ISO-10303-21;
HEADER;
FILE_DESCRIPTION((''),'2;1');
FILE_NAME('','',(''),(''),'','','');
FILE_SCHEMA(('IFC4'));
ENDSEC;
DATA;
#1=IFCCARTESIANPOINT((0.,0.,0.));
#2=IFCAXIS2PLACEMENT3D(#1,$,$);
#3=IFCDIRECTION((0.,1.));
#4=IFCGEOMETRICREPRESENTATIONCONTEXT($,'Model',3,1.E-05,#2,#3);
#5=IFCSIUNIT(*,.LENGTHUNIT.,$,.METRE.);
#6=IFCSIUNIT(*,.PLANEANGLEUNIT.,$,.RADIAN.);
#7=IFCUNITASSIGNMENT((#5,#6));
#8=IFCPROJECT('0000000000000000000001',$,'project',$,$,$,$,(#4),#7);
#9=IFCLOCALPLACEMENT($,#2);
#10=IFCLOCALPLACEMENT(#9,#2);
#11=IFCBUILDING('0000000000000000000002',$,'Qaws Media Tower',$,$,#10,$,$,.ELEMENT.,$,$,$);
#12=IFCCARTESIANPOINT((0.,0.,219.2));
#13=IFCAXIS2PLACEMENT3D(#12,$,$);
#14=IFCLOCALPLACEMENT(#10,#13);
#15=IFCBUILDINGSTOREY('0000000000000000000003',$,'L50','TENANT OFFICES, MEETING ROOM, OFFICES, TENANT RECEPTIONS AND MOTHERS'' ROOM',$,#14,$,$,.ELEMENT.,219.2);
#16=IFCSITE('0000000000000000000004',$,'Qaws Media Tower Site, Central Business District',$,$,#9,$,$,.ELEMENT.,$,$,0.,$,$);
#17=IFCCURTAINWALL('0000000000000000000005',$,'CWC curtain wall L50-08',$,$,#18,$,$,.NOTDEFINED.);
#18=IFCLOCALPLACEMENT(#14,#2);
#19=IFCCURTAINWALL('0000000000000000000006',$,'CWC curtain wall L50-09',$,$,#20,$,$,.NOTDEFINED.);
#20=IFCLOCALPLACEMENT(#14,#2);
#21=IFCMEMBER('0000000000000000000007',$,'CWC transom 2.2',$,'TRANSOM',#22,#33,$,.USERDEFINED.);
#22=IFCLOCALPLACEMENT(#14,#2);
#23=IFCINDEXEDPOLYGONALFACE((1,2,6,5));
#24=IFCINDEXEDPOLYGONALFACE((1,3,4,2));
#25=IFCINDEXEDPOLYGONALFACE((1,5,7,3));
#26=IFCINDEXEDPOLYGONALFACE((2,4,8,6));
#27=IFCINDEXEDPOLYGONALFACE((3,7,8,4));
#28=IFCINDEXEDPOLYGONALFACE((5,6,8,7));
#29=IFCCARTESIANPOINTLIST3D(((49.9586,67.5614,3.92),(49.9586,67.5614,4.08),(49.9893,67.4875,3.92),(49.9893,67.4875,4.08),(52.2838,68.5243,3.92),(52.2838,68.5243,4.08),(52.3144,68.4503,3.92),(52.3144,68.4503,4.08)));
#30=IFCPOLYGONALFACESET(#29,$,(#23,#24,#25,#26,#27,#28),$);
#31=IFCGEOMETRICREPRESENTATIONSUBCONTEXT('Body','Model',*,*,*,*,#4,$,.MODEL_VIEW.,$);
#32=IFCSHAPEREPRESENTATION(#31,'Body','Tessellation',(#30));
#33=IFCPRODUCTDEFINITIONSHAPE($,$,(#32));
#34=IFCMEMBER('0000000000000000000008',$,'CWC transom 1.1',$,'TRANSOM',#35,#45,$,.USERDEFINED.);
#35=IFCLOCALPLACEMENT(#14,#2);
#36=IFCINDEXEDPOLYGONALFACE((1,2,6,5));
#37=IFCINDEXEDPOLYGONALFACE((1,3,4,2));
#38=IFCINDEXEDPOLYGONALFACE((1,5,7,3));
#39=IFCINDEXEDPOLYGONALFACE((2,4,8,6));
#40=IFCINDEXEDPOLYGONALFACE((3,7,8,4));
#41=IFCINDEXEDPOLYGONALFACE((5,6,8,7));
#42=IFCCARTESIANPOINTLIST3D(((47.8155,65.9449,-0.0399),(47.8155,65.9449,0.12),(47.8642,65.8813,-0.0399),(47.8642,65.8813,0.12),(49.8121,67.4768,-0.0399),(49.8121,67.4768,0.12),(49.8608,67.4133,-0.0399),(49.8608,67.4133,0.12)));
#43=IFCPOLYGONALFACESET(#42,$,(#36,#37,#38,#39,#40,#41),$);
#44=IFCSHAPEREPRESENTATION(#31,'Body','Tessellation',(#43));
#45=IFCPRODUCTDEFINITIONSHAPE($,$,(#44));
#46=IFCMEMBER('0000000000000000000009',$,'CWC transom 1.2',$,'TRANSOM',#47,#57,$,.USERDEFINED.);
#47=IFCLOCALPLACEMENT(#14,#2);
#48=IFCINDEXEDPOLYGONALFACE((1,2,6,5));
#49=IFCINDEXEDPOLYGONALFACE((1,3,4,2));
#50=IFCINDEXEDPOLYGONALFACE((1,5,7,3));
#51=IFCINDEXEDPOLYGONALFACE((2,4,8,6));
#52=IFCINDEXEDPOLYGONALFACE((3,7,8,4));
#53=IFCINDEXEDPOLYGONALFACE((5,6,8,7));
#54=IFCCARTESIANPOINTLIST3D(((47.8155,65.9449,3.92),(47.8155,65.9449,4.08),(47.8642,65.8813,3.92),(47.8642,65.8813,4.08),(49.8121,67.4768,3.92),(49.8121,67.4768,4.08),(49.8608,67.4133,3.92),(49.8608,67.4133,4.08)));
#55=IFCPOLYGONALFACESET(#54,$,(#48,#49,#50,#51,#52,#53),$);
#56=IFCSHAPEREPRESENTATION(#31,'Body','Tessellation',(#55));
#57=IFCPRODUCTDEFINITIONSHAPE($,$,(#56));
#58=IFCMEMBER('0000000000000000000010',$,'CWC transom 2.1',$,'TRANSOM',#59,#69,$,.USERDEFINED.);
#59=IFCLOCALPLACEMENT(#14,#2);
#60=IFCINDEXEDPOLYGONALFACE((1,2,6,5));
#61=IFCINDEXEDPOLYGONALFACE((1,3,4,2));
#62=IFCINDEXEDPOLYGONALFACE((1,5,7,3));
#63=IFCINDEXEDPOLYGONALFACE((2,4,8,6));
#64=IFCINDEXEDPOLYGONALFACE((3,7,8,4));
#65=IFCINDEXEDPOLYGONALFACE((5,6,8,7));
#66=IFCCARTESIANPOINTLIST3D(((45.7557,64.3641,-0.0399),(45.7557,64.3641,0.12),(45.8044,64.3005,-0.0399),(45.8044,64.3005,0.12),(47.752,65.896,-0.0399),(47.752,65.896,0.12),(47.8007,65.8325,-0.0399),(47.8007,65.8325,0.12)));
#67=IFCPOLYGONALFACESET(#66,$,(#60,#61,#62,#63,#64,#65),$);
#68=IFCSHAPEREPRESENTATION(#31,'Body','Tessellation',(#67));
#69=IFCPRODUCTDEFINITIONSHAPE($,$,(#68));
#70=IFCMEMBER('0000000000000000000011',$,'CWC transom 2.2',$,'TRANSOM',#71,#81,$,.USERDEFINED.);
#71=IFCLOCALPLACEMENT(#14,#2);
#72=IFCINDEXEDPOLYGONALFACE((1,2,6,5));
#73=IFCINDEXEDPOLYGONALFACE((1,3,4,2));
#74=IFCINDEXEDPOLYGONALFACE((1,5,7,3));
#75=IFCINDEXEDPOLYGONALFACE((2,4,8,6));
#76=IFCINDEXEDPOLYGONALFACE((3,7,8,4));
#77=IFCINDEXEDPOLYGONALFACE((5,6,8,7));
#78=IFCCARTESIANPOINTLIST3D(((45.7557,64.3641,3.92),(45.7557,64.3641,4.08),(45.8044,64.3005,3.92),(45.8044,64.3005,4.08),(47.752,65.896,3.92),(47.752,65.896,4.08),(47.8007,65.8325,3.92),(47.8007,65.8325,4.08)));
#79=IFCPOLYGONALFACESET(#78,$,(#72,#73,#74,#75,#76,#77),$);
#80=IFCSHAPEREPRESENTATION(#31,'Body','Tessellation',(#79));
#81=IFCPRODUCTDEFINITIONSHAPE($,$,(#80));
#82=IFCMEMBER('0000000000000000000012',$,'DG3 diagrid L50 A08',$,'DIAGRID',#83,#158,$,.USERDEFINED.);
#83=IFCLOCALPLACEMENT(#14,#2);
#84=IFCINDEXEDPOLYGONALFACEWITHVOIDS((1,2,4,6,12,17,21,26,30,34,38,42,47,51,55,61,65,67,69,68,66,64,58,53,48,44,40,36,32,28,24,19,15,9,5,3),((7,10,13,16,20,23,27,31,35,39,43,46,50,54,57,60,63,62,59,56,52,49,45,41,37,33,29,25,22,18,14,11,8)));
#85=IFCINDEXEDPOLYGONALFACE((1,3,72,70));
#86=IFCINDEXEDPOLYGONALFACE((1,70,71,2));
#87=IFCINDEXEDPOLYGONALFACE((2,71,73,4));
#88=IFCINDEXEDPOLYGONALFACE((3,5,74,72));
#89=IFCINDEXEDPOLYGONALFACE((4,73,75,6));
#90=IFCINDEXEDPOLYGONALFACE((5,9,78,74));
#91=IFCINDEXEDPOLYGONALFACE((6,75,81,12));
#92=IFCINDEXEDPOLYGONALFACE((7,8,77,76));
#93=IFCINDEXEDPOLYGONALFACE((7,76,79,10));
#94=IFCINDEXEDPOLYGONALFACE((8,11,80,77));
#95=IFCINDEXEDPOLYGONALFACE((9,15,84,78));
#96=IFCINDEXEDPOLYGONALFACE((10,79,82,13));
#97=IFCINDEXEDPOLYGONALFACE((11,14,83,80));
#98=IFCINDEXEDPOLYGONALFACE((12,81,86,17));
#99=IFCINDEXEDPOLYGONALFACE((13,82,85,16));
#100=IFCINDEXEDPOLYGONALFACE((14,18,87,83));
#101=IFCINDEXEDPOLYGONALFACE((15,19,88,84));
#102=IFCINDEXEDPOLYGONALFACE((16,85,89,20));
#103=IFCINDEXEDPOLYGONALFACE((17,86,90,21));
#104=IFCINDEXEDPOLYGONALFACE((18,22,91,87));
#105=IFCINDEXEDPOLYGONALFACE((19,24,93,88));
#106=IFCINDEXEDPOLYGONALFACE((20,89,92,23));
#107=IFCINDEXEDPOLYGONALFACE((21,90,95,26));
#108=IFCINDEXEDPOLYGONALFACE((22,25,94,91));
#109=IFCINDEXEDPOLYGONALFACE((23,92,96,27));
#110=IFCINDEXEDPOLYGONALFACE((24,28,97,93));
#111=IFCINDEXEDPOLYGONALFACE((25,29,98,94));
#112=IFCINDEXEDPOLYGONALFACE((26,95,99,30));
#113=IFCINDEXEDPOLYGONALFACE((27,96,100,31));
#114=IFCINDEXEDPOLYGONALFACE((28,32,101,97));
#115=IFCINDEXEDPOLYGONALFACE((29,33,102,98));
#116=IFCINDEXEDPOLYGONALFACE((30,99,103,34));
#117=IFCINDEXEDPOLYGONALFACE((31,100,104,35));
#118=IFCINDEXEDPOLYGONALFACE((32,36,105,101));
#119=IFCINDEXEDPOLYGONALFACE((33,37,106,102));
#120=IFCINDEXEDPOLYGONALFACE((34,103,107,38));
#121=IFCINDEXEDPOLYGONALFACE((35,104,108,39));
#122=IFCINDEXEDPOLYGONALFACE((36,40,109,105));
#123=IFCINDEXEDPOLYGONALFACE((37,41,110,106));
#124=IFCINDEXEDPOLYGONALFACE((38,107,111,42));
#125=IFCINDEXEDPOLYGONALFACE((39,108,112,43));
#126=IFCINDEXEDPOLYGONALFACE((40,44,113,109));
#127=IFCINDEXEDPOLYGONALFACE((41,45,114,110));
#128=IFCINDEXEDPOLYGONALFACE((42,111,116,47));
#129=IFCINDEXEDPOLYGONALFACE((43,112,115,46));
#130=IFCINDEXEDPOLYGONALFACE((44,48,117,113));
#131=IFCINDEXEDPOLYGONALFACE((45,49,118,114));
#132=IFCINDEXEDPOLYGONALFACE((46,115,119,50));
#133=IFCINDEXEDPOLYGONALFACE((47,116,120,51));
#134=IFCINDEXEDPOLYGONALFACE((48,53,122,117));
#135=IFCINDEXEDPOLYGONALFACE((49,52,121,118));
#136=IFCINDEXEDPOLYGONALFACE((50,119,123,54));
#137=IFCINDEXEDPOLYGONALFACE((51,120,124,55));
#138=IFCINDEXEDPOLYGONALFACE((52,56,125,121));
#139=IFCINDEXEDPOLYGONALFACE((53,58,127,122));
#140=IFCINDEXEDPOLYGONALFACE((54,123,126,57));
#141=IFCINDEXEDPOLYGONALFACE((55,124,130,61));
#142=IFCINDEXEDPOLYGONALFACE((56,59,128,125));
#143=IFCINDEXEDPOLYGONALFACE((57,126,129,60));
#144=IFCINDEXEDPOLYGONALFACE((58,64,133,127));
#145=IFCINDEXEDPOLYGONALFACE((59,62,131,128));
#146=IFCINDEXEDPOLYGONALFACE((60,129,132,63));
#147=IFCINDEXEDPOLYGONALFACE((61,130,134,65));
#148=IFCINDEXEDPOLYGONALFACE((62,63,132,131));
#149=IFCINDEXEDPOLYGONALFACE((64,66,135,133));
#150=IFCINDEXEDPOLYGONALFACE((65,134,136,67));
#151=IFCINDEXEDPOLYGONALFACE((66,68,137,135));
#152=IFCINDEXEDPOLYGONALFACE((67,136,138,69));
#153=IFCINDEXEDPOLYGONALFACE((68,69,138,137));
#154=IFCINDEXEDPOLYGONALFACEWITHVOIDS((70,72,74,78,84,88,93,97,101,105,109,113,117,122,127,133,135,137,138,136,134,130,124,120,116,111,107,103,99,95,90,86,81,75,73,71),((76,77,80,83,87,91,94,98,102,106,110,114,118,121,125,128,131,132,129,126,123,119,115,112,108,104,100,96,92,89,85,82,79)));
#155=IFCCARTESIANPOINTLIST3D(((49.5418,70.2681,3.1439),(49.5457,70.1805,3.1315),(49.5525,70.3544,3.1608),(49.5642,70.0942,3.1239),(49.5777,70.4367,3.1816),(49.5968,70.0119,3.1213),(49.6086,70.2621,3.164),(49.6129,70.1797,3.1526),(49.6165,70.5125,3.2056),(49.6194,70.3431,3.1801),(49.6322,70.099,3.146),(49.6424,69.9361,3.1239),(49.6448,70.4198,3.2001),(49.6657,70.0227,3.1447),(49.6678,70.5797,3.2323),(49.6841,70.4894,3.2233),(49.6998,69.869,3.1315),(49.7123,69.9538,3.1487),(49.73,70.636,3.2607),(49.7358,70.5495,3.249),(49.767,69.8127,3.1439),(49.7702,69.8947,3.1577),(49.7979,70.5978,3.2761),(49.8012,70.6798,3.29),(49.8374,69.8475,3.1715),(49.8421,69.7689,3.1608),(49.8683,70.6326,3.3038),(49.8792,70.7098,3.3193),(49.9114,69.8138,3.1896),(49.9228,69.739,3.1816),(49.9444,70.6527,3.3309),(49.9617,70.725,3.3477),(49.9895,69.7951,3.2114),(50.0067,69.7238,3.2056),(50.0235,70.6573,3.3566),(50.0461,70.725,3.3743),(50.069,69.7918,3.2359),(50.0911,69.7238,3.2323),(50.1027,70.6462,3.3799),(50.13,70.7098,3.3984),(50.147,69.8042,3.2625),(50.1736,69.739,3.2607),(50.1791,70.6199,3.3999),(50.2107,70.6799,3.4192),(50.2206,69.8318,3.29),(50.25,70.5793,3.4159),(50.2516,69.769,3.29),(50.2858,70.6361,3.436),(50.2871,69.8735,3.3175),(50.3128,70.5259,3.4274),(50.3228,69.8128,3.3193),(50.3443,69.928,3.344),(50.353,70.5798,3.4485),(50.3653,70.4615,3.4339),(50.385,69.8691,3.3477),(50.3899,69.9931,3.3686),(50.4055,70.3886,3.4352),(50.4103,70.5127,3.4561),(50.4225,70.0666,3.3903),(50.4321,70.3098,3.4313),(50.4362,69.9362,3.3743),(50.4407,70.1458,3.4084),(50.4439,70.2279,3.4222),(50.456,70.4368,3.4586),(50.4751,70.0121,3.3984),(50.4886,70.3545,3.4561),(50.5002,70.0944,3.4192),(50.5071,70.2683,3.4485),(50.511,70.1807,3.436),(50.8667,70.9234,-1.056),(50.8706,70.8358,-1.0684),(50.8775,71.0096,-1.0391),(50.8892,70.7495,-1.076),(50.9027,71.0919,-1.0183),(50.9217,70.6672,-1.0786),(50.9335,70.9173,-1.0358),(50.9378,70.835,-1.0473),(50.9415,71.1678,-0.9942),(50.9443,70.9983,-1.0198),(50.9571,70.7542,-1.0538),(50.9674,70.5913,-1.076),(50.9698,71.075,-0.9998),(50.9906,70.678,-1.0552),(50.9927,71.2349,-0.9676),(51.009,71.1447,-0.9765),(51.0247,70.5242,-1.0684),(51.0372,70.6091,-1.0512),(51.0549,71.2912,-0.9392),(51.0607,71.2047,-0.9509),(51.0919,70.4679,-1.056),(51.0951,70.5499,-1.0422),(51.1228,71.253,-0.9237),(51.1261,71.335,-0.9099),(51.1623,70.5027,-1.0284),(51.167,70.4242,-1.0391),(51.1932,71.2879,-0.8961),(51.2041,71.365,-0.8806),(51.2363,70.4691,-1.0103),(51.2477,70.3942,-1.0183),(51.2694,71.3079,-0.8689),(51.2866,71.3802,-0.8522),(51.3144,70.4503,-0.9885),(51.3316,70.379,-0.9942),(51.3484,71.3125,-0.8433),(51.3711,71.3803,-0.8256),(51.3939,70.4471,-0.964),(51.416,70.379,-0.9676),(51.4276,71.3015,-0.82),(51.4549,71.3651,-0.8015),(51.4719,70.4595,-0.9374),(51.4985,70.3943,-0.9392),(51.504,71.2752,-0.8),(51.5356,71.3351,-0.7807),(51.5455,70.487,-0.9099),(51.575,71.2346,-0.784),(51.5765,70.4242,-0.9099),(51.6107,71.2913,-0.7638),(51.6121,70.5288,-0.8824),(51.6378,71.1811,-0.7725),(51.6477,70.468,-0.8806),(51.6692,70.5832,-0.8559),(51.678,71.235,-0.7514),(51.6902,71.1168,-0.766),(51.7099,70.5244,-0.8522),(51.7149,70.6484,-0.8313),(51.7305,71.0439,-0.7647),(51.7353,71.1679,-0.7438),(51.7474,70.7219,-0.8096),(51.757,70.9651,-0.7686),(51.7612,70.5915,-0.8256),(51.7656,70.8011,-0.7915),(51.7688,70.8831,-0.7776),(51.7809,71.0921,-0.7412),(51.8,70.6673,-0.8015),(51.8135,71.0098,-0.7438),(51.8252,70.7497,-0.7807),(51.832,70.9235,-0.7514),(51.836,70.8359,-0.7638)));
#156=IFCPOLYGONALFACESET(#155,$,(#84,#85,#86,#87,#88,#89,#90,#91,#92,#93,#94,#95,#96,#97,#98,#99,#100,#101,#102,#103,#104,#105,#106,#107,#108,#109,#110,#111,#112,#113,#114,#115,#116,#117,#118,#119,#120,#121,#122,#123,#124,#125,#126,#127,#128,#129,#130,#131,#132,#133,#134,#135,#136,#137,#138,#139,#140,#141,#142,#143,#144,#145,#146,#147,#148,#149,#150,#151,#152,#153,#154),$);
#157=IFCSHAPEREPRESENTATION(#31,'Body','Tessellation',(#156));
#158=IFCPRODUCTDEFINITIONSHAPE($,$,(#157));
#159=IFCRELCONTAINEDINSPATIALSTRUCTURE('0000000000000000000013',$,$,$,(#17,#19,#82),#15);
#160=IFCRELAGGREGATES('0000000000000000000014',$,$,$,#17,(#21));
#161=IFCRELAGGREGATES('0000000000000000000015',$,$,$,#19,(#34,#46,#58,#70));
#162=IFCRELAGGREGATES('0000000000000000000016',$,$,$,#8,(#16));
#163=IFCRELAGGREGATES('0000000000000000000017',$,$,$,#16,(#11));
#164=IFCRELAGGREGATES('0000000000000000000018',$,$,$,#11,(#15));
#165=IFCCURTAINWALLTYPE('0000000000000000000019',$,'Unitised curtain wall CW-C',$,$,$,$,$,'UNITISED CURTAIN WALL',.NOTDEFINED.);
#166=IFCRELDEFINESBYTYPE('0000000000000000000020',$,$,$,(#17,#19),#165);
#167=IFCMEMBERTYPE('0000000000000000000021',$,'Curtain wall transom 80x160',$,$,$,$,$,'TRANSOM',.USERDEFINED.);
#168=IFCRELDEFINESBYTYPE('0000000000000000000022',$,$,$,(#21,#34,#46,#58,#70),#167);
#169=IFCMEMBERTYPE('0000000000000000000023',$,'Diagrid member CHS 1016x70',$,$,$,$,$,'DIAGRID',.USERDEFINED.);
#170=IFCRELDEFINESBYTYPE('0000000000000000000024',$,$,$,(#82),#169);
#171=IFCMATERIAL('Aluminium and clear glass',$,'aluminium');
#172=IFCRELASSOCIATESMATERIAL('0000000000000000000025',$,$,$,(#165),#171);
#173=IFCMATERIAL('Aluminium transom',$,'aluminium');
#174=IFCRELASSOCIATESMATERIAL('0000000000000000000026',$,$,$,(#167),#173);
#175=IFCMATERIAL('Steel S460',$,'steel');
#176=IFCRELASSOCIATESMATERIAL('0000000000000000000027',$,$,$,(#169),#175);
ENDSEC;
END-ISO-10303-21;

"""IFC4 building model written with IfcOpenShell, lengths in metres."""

from ifc_helpers import new_model, si_unit, direction, frame, origin, origin_2d, place, context, subcontext, project, spatial, rectangle, hollow_circle, extrude, material, material_profile, profile_set, type_object, element, aggregate, save


model = new_model("IFC4")

# Units and contexts
model_context = context("Model", 3, precision=1e-05, world=origin(), true_north=direction((0.0, 1.0)))
body_context = subcontext(model_context, "Body", "Model", "MODEL_VIEW")
ifc_project = project(units=[si_unit("LENGTHUNIT", "METRE"), si_unit("PLANEANGLEUNIT", "RADIAN")], contexts=[model_context])

# Site, building, storey
site_placement = place(None, origin())
site = spatial("IfcSite", under=ifc_project, at=site_placement, Name="Qaws Media Tower Site, Central Business District", CompositionType="ELEMENT", RefElevation=0.0)
building_placement = place(site_placement, origin())
building = spatial("IfcBuilding", under=site, at=building_placement, Name="Qaws Media Tower", CompositionType="ELEMENT")
storey_placement = place(building_placement, frame((0.0, 0.0, 219.2)))
storey = spatial("IfcBuildingStorey", under=building, at=storey_placement, Name="L50", Description="TENANT OFFICES, MEETING ROOM, OFFICES, TENANT RECEPTIONS AND MOTHERS' ROOM", CompositionType="ELEMENT", Elevation=219.2)

# Curtain walls
ifc_material_1 = material(Name="Aluminium and clear glass", Category="aluminium")
curtain_wall_type = type_object("IfcCurtainWallType", Name="Unitised curtain wall CW-C", ElementType="UNITISED CURTAIN WALL", PredefinedType="NOTDEFINED", material=ifc_material_1)
curtain_wall_1_placement = place(storey_placement, origin())
curtain_wall_1 = element("IfcCurtainWall", 1, at=curtain_wall_1_placement, inside=storey, type_object=curtain_wall_type, Name="CWC curtain wall L50-08", PredefinedType="NOTDEFINED")
curtain_wall_2_placement = place(storey_placement, origin())
curtain_wall_2 = element("IfcCurtainWall", 2, at=curtain_wall_2_placement, inside=storey, type_object=curtain_wall_type, Name="CWC curtain wall L50-09", PredefinedType="NOTDEFINED")

# Members
ifc_material_2 = material(Name="Aluminium transom", Category="aluminium")
ifc_material_profile_1 = material_profile(ifc_material_2, rectangle(XDim=0.0801, YDim=0.1599, at=origin_2d()), Name="80x160")
ifc_profile_set_1 = profile_set([ifc_material_profile_1], Name="Aluminium transom")
member_type_1 = type_object("IfcMemberType", Name="Curtain wall transom 80x160", ElementType="TRANSOM", PredefinedType="USERDEFINED", material=ifc_profile_set_1)
member_1_placement = place(storey_placement, frame((52.2991, 68.4873, 4.0), z_axis=(-0.923913, -0.382603, 0.0), x_axis=(0.382603, -0.923913, 0.0)))
member_1 = element("IfcMember", 3, at=member_1_placement, type_object=member_type_1, Name="CWC transom 2.2", ObjectType="TRANSOM", PredefinedType="USERDEFINED", context=body_context, shape_type="SweptSolid", body=[
    extrude(rectangle(XDim=0.0801, YDim=0.1599, at=origin_2d()), origin(), (0.0, 0.0, 1.0), 2.5166),
])
member_2_placement = place(storey_placement, frame((49.8364, 67.4451, 0.04), z_axis=(-0.793363, -0.608749, 0.0), x_axis=(0.608749, -0.793363, 0.0)))
member_2 = element("IfcMember", 4, at=member_2_placement, type_object=member_type_1, Name="CWC transom 1.1", ObjectType="TRANSOM", PredefinedType="USERDEFINED", context=body_context, shape_type="SweptSolid", body=[
    extrude(rectangle(XDim=0.0801, YDim=0.1599, at=origin_2d()), origin(), (0.0, 0.0, 1.0), 2.5166),
])
member_3_placement = place(storey_placement, frame((49.8364, 67.4451, 4.0), z_axis=(-0.793363, -0.608749, 0.0), x_axis=(0.608749, -0.793363, 0.0)))
member_3 = element("IfcMember", 5, at=member_3_placement, type_object=member_type_1, Name="CWC transom 1.2", ObjectType="TRANSOM", PredefinedType="USERDEFINED", context=body_context, shape_type="SweptSolid", body=[
    extrude(rectangle(XDim=0.0801, YDim=0.1599, at=origin_2d()), origin(), (0.0, 0.0, 1.0), 2.5166),
])
member_4_placement = place(storey_placement, frame((47.7764, 65.8643, 0.04), z_axis=(-0.793327, -0.608796, 0.0), x_axis=(0.608796, -0.793327, 0.0)))
member_4 = element("IfcMember", 6, at=member_4_placement, type_object=member_type_1, Name="CWC transom 2.1", ObjectType="TRANSOM", PredefinedType="USERDEFINED", context=body_context, shape_type="SweptSolid", body=[
    extrude(rectangle(XDim=0.0801, YDim=0.1599, at=origin_2d()), origin(), (0.0, 0.0, 1.0), 2.5164),
])
member_5_placement = place(storey_placement, frame((47.7764, 65.8643, 4.0), z_axis=(-0.793327, -0.608796, 0.0), x_axis=(0.608796, -0.793327, 0.0)))
member_5 = element("IfcMember", 7, at=member_5_placement, type_object=member_type_1, Name="CWC transom 2.2", ObjectType="TRANSOM", PredefinedType="USERDEFINED", context=body_context, shape_type="SweptSolid", body=[
    extrude(rectangle(XDim=0.0801, YDim=0.1599, at=origin_2d()), origin(), (0.0, 0.0, 1.0), 2.5164),
])

# Member
ifc_material_3 = material(Name="Steel S460", Category="steel")
ifc_material_profile_2 = material_profile(ifc_material_3, hollow_circle(Radius=0.5081, WallThickness=0.0701, at=origin_2d()), Name="CHS 1016x70")
ifc_profile_set_2 = profile_set([ifc_material_profile_2], Name="Steel S460")
member_type_2 = type_object("IfcMemberType", Name="Diagrid member CHS 1016x70", ElementType="DIAGRID", PredefinedType="USERDEFINED", material=ifc_profile_set_2)
for number, where, z_axis, x_axis, name in (
    (8, (51.3513, 70.8796, -0.9099), (-0.297577, -0.147171, 0.943286), (0.443311, -0.896368, 0.0), "DG3 diagrid L50 A08"),
):
    element("IfcMember", number, at=place(storey_placement, frame(where, z_axis=z_axis, x_axis=x_axis)), inside=storey, type_object=member_type_2, Name=name, ObjectType="DIAGRID", PredefinedType="USERDEFINED", context=body_context, shape_type="SweptSolid", body=[
        extrude(hollow_circle(Radius=0.5081, WallThickness=0.0701, at=origin_2d()), origin(), (0.0, 0.0, 1.0), 4.4524),
    ])

aggregate(curtain_wall_1, [member_1])
aggregate(curtain_wall_2, [member_2, member_3, member_4, member_5])

save(model, "model.ifc")
